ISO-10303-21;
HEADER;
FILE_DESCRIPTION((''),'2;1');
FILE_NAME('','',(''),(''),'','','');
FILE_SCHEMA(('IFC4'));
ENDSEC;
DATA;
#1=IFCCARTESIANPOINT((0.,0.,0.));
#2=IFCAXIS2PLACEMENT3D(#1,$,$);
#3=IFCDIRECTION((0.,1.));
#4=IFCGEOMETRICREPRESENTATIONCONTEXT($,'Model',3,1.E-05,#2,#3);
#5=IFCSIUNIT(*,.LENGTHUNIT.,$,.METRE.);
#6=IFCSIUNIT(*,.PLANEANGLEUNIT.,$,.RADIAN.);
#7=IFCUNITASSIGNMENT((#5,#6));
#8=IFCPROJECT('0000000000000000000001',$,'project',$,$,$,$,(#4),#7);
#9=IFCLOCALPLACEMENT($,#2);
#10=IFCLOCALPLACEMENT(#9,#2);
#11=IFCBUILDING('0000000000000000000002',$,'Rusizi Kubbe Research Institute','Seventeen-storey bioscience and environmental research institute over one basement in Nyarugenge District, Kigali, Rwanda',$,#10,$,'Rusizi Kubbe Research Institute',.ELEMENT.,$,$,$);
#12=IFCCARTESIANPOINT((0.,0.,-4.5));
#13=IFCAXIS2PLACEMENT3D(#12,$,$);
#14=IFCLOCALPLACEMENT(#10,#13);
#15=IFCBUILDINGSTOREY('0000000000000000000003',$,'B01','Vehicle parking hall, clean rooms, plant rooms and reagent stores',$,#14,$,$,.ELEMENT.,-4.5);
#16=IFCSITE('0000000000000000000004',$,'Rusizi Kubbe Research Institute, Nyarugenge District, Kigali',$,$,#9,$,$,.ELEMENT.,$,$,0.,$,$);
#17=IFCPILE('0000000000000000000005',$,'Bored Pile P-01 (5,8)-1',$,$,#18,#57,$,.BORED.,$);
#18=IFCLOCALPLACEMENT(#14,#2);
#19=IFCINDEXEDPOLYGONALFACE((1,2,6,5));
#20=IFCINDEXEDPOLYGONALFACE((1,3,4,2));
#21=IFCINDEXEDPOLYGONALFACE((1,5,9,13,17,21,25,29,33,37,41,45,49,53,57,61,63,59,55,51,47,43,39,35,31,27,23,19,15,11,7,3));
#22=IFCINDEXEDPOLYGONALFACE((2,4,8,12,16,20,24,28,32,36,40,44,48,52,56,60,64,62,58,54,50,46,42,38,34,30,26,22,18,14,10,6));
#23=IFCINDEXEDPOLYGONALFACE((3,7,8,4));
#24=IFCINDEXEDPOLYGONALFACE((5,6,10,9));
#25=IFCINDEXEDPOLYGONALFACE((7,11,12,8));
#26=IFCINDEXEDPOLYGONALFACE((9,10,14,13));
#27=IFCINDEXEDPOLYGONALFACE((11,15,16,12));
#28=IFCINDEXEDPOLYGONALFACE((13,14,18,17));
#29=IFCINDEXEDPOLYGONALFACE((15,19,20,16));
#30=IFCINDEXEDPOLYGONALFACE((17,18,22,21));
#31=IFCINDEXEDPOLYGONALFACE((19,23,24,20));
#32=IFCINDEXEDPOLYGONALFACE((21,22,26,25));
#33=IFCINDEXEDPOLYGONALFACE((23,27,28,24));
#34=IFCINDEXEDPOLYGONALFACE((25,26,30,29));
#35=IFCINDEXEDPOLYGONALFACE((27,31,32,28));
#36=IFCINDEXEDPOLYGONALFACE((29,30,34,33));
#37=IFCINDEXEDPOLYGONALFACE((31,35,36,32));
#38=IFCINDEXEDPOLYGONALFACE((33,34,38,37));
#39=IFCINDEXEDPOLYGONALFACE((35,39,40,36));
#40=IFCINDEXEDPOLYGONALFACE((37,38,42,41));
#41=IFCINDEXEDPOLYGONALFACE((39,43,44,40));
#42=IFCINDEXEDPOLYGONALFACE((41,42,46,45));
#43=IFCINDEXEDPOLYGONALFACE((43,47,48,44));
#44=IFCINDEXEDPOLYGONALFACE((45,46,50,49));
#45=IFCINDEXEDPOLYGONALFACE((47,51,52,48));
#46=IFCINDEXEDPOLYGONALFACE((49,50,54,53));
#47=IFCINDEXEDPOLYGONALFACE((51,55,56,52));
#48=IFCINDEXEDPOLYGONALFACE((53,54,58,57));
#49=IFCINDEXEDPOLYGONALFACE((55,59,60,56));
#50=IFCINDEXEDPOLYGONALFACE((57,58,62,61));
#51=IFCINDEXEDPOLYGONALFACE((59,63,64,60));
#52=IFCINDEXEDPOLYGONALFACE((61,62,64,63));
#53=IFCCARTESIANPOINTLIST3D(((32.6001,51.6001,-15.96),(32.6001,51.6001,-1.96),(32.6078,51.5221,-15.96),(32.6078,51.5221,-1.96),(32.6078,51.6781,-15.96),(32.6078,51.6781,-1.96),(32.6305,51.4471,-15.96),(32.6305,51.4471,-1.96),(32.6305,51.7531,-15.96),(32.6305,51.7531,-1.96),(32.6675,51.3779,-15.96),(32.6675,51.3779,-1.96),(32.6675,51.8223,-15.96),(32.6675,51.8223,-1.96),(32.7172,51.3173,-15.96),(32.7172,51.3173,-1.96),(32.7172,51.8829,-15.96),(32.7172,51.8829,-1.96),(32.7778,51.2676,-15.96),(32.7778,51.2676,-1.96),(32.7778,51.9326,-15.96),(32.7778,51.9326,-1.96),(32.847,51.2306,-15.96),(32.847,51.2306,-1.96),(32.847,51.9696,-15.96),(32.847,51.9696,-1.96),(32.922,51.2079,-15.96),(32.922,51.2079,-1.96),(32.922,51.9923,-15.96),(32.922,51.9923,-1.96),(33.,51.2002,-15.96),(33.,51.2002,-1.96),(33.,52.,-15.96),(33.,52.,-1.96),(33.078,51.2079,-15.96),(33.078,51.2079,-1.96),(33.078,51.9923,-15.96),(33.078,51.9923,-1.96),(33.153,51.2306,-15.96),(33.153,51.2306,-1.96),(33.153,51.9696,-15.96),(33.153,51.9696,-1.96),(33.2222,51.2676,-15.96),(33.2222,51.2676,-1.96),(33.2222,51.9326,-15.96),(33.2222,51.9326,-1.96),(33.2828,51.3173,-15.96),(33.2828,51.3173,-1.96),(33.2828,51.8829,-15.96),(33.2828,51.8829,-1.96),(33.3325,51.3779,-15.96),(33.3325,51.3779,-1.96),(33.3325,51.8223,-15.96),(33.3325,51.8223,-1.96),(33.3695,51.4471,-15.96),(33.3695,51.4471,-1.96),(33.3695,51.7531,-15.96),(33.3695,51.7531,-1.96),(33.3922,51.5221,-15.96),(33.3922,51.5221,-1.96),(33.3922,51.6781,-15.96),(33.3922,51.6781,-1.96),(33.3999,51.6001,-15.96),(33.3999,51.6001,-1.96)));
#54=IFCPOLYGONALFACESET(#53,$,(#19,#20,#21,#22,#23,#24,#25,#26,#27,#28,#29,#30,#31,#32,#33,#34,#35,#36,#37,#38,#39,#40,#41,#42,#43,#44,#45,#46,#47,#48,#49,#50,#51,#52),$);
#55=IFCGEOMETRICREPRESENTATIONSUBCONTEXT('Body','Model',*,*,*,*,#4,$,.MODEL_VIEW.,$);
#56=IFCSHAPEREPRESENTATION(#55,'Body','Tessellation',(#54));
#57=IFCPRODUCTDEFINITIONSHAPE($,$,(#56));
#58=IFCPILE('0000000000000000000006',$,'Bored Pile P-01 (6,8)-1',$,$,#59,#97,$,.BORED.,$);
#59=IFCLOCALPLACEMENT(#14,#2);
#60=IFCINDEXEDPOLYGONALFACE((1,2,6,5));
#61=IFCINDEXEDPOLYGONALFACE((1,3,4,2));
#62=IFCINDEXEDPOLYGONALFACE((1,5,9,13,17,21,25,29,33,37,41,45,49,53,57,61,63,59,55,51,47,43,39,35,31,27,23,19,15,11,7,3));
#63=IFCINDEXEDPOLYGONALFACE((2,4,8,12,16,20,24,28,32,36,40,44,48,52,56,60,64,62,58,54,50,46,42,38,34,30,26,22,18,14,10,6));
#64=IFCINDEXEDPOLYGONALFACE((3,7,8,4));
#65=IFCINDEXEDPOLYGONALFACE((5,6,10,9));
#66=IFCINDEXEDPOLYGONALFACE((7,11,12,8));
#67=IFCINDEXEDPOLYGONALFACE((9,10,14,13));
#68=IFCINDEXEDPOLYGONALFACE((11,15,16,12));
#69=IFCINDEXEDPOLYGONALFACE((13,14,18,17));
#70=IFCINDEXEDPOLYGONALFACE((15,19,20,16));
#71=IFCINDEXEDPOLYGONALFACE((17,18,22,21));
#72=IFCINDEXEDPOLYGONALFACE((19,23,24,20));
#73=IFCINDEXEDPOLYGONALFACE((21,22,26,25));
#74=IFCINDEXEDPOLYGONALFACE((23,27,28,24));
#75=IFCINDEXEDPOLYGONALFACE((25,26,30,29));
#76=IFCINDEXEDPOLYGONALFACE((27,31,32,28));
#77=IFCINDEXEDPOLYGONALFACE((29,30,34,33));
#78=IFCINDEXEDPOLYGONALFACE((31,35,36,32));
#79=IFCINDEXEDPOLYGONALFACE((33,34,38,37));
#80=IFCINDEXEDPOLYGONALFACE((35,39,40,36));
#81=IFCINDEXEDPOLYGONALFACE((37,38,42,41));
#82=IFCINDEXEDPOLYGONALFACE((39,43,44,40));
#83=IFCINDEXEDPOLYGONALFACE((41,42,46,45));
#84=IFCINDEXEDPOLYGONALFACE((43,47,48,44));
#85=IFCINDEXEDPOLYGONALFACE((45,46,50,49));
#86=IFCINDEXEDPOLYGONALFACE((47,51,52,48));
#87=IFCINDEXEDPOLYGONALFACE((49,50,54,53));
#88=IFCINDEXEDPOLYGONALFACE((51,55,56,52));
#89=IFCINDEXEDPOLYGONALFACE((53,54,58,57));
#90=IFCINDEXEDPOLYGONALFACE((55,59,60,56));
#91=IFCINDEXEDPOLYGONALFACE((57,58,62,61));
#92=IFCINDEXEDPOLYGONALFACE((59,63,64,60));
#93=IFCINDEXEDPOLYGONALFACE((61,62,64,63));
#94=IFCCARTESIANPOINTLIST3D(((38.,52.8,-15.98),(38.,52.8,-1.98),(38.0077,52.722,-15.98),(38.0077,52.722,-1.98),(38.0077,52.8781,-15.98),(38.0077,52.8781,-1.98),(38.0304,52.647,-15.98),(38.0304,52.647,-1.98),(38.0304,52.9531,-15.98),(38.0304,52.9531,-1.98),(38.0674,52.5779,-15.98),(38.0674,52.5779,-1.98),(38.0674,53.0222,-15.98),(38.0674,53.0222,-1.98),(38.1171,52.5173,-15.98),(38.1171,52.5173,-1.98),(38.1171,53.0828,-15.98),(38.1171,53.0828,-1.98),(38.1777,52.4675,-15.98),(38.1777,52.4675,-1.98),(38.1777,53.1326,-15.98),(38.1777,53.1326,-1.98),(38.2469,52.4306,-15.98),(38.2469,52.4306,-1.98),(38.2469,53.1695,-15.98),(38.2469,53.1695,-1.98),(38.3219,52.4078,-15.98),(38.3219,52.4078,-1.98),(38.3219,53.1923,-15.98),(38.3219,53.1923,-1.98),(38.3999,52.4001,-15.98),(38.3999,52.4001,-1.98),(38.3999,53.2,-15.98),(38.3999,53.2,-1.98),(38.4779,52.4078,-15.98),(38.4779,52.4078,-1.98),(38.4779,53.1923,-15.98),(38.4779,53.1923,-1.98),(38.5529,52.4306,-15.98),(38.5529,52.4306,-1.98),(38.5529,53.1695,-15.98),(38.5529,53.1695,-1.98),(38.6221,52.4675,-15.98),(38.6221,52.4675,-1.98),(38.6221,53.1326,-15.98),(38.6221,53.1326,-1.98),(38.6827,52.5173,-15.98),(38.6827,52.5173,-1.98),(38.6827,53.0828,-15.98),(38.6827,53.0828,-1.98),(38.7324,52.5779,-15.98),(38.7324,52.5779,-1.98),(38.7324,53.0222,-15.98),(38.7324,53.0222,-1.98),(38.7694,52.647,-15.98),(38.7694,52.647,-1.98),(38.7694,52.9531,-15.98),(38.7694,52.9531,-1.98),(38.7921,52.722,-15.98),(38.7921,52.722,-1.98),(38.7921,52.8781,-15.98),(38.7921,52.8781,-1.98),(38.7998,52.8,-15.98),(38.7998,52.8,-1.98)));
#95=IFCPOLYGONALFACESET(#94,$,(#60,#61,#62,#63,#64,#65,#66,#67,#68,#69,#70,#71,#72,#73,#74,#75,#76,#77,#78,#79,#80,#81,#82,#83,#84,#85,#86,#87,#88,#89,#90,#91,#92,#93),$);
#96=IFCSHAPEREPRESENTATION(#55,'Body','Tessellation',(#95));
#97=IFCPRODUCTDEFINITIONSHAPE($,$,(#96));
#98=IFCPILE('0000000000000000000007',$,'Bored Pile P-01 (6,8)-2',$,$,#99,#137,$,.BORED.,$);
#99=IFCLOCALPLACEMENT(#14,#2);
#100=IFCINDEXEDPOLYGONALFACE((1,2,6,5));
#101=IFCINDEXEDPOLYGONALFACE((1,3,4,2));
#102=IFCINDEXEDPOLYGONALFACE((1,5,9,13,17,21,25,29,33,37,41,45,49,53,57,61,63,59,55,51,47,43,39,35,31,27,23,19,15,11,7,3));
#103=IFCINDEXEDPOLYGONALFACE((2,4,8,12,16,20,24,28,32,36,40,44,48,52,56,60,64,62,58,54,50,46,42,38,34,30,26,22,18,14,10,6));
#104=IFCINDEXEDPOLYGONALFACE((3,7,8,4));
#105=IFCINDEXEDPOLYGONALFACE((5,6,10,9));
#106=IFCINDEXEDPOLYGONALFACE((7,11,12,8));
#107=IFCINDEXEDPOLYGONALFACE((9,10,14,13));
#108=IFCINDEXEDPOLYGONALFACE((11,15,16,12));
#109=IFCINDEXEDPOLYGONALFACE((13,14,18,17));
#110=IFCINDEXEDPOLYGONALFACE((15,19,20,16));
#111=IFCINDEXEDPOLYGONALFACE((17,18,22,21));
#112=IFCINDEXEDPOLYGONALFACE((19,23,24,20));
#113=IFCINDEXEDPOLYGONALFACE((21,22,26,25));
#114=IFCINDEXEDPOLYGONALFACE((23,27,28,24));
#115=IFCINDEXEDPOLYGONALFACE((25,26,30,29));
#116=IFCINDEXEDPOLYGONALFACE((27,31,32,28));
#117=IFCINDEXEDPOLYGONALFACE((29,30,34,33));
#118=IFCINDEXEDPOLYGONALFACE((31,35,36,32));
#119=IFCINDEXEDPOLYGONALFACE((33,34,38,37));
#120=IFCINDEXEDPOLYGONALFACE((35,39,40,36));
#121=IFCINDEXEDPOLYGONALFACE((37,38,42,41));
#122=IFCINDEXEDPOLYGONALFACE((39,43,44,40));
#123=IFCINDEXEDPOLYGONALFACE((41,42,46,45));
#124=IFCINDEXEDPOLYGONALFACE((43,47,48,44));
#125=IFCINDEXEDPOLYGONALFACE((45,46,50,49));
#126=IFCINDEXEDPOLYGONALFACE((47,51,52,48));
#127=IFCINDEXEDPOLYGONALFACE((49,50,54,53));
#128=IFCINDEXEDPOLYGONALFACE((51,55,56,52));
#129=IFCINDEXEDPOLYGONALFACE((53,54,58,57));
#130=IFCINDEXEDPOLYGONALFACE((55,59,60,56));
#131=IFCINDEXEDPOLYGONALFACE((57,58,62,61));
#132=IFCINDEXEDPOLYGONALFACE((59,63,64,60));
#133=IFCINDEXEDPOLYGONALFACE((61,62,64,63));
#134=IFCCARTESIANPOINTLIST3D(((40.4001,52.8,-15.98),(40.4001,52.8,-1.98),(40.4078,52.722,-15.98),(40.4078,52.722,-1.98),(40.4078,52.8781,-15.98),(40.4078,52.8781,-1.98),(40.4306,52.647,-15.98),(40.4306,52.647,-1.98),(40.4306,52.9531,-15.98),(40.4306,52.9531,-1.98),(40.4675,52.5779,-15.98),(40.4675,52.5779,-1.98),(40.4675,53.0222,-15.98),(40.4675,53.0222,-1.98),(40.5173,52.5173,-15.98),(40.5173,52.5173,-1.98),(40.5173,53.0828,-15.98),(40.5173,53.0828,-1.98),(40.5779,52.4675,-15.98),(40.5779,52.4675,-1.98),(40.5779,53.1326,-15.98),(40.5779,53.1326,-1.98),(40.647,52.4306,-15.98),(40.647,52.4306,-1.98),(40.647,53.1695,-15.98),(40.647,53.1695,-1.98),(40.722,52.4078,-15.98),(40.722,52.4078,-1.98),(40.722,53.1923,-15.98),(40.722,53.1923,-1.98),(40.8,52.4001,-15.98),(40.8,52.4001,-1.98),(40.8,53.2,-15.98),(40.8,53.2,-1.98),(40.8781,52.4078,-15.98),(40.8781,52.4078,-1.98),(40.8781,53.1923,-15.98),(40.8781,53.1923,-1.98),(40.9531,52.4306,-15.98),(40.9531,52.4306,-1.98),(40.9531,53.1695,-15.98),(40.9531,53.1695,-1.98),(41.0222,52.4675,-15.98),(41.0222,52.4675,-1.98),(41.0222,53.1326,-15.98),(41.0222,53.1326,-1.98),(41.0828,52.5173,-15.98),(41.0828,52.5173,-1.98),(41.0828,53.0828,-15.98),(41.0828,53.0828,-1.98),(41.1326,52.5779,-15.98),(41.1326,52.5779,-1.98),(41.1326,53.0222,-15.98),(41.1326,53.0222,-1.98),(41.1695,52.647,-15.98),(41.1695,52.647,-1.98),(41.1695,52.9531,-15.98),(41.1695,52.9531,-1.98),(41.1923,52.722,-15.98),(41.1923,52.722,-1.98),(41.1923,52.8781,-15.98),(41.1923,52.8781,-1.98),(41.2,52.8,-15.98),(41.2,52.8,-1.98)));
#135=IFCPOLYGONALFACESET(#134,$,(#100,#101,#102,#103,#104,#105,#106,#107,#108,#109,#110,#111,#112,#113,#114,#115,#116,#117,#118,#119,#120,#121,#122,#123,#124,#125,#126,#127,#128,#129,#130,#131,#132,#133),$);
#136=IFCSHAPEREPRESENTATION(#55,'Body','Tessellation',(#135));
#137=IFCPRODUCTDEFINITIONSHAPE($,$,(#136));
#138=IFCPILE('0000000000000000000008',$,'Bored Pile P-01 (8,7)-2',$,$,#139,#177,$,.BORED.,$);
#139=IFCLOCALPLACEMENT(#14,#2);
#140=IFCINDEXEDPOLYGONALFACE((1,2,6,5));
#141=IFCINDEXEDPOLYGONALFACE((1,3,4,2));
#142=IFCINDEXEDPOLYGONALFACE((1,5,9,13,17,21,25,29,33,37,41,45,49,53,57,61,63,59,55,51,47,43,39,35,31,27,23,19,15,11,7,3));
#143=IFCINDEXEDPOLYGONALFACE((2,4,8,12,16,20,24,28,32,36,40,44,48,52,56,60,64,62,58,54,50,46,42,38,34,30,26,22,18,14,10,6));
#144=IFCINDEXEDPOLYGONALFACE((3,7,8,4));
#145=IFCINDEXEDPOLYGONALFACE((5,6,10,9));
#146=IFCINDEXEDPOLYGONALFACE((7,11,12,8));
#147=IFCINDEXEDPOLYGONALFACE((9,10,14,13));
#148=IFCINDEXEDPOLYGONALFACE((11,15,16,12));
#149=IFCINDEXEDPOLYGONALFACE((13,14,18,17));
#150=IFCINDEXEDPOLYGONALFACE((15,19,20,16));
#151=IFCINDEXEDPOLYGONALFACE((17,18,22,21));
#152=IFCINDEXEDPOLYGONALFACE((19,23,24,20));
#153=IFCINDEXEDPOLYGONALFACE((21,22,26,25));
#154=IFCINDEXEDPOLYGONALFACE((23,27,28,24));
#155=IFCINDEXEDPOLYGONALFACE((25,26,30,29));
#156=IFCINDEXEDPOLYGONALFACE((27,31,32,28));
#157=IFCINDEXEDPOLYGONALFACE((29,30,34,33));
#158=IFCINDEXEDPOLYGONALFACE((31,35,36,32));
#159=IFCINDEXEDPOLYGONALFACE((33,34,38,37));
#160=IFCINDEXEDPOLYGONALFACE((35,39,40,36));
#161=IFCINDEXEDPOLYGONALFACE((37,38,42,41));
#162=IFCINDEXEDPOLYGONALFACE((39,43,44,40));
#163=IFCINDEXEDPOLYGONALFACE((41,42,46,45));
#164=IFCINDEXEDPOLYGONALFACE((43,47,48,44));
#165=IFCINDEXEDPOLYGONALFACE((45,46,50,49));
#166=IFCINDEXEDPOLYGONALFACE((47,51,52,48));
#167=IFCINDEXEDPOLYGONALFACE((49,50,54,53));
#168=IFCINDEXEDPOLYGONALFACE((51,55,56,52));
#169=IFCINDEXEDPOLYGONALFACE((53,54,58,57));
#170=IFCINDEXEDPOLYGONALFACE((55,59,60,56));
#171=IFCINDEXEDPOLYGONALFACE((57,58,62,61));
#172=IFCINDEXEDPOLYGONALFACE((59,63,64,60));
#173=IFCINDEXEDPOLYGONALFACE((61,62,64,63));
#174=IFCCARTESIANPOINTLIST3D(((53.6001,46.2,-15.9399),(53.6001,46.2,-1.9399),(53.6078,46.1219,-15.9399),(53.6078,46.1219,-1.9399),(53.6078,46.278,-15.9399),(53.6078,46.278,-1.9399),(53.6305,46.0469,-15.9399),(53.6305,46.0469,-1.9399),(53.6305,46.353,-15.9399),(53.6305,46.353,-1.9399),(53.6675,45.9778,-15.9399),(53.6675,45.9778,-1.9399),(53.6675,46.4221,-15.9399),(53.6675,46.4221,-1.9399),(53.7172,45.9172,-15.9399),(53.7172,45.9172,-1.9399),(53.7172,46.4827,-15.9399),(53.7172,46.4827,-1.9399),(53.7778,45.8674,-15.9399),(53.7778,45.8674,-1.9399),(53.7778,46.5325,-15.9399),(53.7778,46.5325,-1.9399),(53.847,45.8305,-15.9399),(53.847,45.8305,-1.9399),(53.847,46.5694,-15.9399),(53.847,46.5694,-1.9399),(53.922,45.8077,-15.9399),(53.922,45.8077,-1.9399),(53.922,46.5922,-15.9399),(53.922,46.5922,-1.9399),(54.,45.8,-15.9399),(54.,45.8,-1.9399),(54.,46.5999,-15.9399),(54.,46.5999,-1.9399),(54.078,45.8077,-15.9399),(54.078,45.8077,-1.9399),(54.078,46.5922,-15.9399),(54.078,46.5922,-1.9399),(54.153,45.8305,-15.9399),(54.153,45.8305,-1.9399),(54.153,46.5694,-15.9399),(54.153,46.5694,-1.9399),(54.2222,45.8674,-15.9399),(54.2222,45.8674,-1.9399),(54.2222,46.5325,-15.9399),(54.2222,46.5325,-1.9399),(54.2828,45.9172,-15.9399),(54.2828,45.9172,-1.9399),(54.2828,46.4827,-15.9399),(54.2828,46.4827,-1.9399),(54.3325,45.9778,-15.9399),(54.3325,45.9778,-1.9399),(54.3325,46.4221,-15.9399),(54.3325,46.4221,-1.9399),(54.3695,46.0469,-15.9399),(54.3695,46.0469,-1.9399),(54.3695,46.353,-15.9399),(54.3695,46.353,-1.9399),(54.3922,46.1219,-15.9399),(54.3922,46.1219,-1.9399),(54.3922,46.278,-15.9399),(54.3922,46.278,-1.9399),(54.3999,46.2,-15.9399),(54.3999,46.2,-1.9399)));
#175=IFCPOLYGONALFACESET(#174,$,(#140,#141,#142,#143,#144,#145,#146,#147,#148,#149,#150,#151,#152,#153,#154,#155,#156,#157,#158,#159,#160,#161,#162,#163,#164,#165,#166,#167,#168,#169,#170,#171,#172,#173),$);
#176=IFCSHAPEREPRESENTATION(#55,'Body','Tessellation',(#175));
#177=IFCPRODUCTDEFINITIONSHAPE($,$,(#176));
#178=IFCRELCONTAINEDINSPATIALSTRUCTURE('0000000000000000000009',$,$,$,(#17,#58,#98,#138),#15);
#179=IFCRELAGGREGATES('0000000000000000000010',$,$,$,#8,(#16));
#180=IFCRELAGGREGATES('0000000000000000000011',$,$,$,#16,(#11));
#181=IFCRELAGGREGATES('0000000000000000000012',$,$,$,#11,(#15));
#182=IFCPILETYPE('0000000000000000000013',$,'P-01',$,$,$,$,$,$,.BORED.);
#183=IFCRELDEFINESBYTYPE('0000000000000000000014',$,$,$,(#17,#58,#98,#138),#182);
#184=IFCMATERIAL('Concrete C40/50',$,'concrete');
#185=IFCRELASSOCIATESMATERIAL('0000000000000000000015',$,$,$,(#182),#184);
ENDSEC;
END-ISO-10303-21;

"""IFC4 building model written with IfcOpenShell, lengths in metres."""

from ifc_helpers import new_model, si_unit, direction, frame, origin, origin_2d, place, context, subcontext, project, spatial, circle, extrude, material, material_profile, profile_set, type_object, element, save


model = new_model("IFC4")

# Units and contexts
model_context = context("Model", 3, precision=1e-05, world=origin(), true_north=direction((0.0, 1.0)))
body_context = subcontext(model_context, "Body", "Model", "MODEL_VIEW")
ifc_project = project(units=[si_unit("LENGTHUNIT", "METRE"), si_unit("PLANEANGLEUNIT", "RADIAN")], contexts=[model_context])

# Site, building, storey
site_placement = place(None, origin())
site = spatial("IfcSite", under=ifc_project, at=site_placement, Name="Rusizi Kubbe Research Institute, Nyarugenge District, Kigali", CompositionType="ELEMENT", RefElevation=0.0)
building_placement = place(site_placement, origin())
building = spatial("IfcBuilding", under=site, at=building_placement, Name="Rusizi Kubbe Research Institute", Description="Seventeen-storey bioscience and environmental research institute over one basement in Nyarugenge District, Kigali, Rwanda", LongName="Rusizi Kubbe Research Institute", CompositionType="ELEMENT")
storey_placement = place(building_placement, frame((0.0, 0.0, -4.5)))
storey = spatial("IfcBuildingStorey", under=building, at=storey_placement, Name="B01", Description="Vehicle parking hall, clean rooms, plant rooms and reagent stores", CompositionType="ELEMENT", Elevation=-4.5)

# Piles
ifc_material_1 = material(Name="Concrete C40/50", Category="concrete")
ifc_material_profile_1 = material_profile(ifc_material_1, circle(Radius=0.3999, at=origin_2d()), Name="PILE-D800")
ifc_profile_set_1 = profile_set([ifc_material_profile_1], Name="Concrete C40/50")
pile_type_1 = type_object("IfcPileType", Name="P-01", PredefinedType="BORED", material=ifc_profile_set_1)
for number, where, z_axis, x_axis, name in (
    (1, (33.0, 51.6001, -1.96), (0.0, 0.0, -1.0), (1.0, 0.0, 0.0), "Bored Pile P-01 (5,8)-1"),
    (2, (38.3999, 52.8, -1.98), (0.0, 0.0, -1.0), (1.0, 0.0, 0.0), "Bored Pile P-01 (6,8)-1"),
    (3, (40.8, 52.8, -1.98), (0.0, 0.0, -1.0), (1.0, 0.0, 0.0), "Bored Pile P-01 (6,8)-2"),
    (4, (54.0, 46.2, -1.9399), (0.0, 0.0, -1.0), (1.0, 0.0, 0.0), "Bored Pile P-01 (8,7)-2"),
):
    element("IfcPile", number, at=place(storey_placement, frame(where, z_axis=z_axis, x_axis=x_axis)), inside=storey, type_object=pile_type_1, Name=name, PredefinedType="BORED", context=body_context, shape_type="SweptSolid", body=[
        extrude(circle(Radius=0.3999, at=origin_2d()), origin(), (0.0, 0.0, 1.0), 14.0),
    ])

save(model, "model.ifc")
